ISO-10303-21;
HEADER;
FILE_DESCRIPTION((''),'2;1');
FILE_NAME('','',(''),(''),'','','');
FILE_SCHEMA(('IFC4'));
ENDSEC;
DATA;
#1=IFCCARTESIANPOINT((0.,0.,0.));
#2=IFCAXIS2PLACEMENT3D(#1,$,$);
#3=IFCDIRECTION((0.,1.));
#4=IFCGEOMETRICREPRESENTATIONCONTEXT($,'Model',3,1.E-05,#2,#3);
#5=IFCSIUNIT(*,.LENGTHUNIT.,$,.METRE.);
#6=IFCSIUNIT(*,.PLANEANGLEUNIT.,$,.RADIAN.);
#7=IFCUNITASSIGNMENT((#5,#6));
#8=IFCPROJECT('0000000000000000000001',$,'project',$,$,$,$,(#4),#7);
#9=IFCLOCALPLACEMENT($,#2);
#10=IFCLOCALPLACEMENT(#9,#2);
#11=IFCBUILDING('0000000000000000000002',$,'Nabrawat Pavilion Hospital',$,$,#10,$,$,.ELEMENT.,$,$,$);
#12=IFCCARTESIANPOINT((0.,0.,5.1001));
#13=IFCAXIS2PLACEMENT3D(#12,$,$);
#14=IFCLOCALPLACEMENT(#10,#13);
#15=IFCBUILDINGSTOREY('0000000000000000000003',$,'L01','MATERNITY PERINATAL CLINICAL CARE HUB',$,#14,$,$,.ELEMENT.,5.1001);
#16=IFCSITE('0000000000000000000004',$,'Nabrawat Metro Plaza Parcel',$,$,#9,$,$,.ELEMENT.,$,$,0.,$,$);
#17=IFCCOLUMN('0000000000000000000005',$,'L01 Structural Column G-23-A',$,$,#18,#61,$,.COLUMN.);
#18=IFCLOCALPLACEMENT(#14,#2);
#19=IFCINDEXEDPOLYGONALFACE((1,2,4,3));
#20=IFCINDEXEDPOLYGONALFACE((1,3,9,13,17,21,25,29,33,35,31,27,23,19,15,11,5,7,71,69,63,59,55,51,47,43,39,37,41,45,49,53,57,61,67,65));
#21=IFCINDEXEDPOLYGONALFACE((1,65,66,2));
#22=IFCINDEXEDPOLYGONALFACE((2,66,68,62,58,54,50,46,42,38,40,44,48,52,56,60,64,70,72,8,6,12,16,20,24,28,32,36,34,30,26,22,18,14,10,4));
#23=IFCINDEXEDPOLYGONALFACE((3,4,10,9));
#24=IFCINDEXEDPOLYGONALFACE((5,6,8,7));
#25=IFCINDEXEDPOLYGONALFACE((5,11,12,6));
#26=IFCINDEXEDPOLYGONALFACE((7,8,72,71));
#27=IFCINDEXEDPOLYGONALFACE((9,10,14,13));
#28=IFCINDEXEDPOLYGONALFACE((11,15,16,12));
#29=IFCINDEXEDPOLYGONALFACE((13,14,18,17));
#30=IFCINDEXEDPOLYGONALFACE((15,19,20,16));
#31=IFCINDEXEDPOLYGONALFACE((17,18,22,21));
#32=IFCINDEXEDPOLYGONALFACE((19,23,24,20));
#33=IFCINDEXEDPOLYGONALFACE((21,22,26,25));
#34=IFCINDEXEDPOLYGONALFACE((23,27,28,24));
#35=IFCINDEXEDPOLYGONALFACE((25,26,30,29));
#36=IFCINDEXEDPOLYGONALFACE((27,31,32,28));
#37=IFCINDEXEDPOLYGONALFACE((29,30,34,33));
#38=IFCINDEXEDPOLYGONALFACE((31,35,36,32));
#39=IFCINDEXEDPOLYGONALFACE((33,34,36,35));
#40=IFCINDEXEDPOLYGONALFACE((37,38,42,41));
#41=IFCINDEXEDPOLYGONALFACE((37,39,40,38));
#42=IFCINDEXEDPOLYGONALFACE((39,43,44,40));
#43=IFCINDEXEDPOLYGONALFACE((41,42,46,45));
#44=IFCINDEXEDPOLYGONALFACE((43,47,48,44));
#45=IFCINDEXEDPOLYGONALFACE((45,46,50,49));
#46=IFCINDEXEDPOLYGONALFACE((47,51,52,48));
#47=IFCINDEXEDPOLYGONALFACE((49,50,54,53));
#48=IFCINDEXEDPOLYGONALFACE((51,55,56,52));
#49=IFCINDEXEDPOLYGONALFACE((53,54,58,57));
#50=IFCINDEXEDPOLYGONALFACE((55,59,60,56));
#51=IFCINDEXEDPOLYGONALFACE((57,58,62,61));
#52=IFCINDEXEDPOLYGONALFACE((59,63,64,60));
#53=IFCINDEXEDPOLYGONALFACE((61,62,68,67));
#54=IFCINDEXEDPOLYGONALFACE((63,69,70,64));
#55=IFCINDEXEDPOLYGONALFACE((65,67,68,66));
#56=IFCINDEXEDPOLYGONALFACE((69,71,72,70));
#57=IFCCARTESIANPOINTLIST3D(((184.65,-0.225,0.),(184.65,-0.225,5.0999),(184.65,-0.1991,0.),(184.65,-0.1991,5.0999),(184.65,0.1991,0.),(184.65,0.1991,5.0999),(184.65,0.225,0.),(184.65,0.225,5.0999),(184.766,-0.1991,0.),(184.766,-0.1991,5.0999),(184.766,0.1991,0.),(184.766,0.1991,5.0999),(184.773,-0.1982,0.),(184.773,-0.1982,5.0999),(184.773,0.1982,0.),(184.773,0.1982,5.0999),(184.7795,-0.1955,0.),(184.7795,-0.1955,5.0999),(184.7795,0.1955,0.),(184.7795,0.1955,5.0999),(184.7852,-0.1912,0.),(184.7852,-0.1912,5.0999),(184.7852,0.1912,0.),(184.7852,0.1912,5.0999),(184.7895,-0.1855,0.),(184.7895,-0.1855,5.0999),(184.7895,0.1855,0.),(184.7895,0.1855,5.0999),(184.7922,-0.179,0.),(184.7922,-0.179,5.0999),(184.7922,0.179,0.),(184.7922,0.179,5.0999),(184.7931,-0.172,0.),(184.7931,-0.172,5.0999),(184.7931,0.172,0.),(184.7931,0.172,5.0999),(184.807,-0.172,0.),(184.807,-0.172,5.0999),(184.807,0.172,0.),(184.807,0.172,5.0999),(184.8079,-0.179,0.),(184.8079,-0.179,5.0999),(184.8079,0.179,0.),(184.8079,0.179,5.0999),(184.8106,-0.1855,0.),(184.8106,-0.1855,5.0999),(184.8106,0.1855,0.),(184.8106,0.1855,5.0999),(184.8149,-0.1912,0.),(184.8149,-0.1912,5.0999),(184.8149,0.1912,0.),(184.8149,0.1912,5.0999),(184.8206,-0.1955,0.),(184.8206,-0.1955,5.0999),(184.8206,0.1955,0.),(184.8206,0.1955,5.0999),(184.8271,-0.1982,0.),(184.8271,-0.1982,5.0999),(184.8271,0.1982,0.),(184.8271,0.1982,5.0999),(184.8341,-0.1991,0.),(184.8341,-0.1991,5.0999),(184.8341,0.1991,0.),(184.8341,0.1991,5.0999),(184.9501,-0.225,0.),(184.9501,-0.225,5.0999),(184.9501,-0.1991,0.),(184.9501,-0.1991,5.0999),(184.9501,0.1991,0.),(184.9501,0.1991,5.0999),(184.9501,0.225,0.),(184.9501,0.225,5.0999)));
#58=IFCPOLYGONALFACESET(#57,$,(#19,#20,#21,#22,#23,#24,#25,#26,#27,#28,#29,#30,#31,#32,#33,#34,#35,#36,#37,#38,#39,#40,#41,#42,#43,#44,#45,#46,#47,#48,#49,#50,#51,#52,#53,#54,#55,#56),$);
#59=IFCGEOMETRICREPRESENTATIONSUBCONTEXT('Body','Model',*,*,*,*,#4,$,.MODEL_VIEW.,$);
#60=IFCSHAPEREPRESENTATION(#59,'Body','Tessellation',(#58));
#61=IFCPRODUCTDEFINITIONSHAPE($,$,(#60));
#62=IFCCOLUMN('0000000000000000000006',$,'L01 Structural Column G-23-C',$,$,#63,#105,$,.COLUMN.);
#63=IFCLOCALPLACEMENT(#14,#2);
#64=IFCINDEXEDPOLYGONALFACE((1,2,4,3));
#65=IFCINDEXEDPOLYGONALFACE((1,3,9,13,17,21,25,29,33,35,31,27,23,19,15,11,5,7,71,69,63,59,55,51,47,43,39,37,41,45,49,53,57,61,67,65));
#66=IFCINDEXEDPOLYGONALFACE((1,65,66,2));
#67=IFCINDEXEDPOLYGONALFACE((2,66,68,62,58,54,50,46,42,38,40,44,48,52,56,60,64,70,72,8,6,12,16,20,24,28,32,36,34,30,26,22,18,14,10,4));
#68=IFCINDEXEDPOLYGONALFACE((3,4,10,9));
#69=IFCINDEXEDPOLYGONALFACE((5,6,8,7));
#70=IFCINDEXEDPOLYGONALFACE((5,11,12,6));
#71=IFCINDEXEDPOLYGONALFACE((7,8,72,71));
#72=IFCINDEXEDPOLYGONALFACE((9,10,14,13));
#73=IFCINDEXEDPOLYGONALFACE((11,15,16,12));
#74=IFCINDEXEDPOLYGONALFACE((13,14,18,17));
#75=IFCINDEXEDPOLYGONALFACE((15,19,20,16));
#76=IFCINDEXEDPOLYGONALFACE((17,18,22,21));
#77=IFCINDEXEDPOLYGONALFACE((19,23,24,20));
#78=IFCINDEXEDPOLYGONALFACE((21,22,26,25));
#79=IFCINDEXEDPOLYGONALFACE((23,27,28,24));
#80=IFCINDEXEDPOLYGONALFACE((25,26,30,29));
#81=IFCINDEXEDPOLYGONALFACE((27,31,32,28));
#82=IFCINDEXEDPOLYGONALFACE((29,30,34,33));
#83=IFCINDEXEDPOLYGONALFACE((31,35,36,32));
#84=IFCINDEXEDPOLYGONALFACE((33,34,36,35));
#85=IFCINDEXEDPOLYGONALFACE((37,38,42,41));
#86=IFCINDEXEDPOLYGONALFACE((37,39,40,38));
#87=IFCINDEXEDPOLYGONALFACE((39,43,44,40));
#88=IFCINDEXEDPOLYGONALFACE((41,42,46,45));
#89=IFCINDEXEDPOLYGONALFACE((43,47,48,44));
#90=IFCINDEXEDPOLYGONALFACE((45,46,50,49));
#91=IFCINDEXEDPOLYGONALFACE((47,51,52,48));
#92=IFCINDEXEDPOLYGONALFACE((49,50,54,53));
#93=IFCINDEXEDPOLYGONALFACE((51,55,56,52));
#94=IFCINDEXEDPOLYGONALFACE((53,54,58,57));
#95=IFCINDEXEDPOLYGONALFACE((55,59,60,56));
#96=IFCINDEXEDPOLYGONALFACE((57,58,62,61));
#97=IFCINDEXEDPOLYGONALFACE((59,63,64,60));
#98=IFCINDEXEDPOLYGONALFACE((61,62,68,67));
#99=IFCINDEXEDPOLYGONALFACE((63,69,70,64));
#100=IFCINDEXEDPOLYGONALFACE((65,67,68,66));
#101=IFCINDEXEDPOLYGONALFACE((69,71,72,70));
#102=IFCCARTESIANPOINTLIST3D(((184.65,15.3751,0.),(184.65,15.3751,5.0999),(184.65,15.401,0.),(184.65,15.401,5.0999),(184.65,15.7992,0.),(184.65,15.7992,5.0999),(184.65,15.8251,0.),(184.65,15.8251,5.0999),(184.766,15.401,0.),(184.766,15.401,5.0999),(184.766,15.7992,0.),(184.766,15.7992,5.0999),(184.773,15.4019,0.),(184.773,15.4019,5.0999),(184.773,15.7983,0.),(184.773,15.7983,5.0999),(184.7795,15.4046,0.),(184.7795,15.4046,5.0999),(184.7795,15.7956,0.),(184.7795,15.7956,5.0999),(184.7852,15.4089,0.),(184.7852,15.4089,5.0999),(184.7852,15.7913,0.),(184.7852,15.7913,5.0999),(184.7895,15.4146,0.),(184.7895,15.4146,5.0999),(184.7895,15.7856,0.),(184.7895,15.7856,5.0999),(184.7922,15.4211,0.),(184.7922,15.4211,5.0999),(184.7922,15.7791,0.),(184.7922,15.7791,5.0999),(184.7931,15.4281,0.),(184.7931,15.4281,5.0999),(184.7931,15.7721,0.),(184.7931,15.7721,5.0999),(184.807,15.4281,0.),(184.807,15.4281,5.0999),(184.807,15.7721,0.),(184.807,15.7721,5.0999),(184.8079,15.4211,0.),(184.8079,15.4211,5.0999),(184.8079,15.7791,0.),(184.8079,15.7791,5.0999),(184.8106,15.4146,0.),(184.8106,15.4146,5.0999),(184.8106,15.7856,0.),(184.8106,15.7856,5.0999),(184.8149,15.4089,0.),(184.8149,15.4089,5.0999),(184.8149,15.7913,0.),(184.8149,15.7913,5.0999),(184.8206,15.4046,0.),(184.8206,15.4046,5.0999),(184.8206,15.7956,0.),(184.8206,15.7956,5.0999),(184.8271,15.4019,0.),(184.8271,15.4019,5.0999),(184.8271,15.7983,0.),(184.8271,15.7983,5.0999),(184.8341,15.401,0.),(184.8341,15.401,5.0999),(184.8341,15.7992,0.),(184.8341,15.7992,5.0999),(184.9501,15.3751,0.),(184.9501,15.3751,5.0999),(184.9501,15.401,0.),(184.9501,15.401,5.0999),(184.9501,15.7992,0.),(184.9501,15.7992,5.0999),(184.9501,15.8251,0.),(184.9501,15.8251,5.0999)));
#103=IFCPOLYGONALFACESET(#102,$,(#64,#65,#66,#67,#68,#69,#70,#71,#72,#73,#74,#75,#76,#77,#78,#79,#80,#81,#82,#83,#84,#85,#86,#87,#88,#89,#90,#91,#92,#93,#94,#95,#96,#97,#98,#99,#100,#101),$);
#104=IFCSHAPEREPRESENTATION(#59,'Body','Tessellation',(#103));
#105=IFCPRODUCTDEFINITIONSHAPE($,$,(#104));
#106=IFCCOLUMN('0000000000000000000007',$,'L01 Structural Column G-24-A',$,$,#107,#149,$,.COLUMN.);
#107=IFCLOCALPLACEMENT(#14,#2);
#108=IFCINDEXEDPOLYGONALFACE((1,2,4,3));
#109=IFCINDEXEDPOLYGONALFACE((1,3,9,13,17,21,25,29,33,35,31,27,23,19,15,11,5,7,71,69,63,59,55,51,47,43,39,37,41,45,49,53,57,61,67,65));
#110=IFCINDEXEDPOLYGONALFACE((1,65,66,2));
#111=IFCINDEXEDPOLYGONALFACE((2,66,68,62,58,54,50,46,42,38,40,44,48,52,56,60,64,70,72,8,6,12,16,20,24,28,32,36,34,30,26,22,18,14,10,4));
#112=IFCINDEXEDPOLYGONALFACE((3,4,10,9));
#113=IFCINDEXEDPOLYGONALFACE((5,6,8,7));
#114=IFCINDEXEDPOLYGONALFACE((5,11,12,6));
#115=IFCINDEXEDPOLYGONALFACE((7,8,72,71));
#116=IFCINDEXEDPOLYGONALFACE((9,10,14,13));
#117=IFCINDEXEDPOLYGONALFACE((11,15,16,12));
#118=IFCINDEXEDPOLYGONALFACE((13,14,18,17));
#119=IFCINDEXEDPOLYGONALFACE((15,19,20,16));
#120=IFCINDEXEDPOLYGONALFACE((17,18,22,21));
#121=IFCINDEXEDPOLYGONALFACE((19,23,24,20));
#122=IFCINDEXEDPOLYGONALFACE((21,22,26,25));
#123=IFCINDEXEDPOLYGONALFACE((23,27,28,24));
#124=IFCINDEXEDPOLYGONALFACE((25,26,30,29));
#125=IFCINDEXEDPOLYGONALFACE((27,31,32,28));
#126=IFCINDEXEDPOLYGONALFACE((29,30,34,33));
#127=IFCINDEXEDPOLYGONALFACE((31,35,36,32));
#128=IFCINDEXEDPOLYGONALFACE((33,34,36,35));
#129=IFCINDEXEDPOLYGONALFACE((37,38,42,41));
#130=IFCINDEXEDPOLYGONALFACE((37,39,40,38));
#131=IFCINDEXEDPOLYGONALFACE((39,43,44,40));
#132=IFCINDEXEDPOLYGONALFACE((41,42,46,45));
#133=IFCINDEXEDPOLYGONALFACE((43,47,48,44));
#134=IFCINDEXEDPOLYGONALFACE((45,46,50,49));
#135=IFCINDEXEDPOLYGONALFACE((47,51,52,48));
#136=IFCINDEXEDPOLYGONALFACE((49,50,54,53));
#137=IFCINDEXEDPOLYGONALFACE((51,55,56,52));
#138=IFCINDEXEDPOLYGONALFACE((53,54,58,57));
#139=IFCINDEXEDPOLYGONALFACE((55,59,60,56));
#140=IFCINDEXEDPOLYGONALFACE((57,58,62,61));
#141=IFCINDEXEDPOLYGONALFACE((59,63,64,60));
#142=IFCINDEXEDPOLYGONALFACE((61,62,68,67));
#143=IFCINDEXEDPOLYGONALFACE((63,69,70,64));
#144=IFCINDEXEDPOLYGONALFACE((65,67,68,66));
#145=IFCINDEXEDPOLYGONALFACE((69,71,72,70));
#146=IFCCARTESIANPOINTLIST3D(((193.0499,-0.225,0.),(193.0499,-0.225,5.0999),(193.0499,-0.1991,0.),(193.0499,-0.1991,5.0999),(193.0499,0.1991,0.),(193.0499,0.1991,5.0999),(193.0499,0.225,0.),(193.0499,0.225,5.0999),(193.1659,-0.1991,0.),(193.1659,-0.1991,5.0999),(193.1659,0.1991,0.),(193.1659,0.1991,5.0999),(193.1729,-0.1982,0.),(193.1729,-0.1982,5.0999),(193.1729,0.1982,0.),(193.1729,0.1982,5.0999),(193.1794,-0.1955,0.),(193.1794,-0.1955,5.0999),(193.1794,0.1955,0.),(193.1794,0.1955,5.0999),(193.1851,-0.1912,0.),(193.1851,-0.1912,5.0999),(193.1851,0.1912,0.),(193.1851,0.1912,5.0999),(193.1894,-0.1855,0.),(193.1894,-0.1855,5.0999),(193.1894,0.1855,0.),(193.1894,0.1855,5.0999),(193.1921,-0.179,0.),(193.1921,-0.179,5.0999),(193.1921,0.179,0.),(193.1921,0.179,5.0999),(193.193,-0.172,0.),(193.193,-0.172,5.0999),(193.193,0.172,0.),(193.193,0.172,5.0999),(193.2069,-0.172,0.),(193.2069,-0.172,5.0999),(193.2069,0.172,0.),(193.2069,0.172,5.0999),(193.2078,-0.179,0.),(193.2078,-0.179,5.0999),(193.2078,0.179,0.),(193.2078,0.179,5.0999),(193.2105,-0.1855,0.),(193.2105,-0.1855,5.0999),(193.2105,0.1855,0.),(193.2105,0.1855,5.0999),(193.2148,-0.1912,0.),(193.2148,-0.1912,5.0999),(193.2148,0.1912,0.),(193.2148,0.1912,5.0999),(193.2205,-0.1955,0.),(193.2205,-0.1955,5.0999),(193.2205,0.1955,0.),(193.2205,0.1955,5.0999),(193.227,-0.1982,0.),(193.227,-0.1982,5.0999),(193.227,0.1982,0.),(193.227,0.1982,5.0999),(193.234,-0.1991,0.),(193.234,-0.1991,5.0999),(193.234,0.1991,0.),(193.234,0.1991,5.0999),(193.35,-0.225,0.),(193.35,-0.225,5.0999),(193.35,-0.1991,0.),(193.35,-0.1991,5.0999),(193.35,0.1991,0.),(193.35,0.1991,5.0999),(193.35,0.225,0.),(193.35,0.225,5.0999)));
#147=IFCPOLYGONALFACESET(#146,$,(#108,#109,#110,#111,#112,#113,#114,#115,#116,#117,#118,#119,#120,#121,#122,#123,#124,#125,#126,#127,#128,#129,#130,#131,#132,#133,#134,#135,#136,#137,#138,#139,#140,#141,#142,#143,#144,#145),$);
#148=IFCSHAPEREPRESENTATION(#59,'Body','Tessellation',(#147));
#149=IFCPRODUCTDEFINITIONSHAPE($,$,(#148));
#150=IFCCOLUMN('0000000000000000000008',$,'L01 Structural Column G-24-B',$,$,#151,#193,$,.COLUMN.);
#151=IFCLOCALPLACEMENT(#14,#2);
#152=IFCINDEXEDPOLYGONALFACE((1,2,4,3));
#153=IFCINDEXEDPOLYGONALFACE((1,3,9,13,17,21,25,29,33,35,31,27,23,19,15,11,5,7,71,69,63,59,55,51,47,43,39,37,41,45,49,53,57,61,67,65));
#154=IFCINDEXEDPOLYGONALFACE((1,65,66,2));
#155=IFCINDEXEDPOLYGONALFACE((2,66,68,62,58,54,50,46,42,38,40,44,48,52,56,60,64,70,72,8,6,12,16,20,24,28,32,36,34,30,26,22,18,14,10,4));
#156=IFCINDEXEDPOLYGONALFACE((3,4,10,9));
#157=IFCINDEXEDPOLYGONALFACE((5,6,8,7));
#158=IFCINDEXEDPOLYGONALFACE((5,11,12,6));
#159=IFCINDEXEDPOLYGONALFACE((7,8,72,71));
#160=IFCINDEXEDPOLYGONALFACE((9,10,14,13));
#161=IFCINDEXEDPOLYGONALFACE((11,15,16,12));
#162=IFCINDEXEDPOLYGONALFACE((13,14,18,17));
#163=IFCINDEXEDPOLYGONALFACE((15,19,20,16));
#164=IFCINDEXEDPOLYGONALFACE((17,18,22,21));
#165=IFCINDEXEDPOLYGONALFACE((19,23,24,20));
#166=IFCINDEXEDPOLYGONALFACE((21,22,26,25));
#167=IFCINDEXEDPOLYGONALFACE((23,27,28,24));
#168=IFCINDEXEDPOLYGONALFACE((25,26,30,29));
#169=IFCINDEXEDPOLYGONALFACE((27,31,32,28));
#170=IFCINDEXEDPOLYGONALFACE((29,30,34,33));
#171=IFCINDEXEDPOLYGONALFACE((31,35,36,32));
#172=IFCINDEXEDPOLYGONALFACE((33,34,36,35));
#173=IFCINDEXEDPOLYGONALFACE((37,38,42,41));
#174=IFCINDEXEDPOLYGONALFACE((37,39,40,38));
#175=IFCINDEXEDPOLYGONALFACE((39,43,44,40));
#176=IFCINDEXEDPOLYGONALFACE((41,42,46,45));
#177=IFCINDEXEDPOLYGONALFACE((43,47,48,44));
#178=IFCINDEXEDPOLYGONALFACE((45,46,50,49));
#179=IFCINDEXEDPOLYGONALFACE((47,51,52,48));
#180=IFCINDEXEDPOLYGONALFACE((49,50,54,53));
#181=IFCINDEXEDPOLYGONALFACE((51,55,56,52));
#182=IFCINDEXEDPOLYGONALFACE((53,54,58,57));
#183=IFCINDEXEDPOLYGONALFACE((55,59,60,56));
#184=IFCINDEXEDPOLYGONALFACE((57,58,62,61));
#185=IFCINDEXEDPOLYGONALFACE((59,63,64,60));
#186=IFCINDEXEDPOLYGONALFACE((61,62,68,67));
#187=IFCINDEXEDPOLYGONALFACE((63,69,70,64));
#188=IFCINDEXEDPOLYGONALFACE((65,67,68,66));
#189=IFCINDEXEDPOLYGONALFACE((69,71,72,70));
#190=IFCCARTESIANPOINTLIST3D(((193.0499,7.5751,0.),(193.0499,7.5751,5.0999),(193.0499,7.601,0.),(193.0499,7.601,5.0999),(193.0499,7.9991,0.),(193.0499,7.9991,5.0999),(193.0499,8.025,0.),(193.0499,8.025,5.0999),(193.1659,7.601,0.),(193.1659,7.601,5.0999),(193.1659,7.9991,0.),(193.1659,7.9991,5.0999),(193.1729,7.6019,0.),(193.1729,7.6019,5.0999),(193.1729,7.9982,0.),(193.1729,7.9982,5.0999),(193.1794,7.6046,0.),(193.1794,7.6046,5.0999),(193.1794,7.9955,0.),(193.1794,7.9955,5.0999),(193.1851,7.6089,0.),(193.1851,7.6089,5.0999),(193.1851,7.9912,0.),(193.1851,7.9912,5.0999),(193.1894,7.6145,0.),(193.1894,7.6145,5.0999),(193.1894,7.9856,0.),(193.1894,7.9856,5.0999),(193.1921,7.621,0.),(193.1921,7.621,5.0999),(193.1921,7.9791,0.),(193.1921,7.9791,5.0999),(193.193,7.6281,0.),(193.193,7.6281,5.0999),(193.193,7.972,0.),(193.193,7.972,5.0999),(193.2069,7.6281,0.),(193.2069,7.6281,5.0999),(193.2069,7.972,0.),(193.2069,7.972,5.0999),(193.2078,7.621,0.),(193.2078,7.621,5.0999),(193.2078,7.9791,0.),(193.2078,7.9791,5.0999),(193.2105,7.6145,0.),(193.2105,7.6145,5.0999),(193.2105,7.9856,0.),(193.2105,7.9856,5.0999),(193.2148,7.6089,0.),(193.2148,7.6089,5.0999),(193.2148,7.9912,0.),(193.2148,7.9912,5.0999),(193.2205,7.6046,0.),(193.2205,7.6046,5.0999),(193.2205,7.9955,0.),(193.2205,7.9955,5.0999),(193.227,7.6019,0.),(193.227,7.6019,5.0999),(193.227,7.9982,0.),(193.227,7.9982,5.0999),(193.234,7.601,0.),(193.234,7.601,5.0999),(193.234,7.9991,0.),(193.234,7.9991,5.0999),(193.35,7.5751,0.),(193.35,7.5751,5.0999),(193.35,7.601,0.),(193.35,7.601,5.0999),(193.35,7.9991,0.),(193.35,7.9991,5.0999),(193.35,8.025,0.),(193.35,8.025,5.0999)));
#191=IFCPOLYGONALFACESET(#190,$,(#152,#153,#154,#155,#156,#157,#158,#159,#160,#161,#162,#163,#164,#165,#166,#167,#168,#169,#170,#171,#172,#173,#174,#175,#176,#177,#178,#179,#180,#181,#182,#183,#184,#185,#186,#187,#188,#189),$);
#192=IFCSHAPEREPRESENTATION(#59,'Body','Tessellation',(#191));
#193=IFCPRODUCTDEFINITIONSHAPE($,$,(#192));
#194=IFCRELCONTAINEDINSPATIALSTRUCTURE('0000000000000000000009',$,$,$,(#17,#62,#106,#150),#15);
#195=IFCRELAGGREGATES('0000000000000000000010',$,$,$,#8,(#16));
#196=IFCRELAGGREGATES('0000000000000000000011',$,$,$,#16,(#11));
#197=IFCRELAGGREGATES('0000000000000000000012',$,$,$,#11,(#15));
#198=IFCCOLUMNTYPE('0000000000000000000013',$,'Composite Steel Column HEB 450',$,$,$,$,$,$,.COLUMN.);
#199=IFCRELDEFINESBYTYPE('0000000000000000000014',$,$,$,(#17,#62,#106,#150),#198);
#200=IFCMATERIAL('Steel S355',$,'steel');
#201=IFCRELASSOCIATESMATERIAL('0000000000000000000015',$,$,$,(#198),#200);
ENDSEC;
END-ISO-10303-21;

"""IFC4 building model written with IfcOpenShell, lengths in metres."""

from ifc_helpers import new_model, si_unit, direction, frame, origin, origin_2d, place, context, subcontext, project, spatial, i_section, extrude, material, material_profile, profile_set, type_object, element, save


model = new_model("IFC4")

# Units and contexts
model_context = context("Model", 3, precision=1e-05, world=origin(), true_north=direction((0.0, 1.0)))
body_context = subcontext(model_context, "Body", "Model", "MODEL_VIEW")
ifc_project = project(units=[si_unit("LENGTHUNIT", "METRE"), si_unit("PLANEANGLEUNIT", "RADIAN")], contexts=[model_context])

# Site, building, storey
site_placement = place(None, origin())
site = spatial("IfcSite", under=ifc_project, at=site_placement, Name="Nabrawat Metro Plaza Parcel", CompositionType="ELEMENT", RefElevation=0.0)
building_placement = place(site_placement, origin())
building = spatial("IfcBuilding", under=site, at=building_placement, Name="Nabrawat Pavilion Hospital", CompositionType="ELEMENT")
storey_placement = place(building_placement, frame((0.0, 0.0, 5.1001)))
storey = spatial("IfcBuildingStorey", under=building, at=storey_placement, Name="L01", Description="MATERNITY PERINATAL CLINICAL CARE HUB", CompositionType="ELEMENT", Elevation=5.1001)

# Columns
ifc_material_1 = material(Name="Steel S355", Category="steel")
ifc_material_profile_1 = material_profile(ifc_material_1, i_section(OverallWidth=0.3, OverallDepth=0.45, WebThickness=0.0139, FlangeThickness=0.0259, FilletRadius=0.0271, at=origin_2d()), Name="HEB 450")
ifc_profile_set_1 = profile_set([ifc_material_profile_1], Name="Steel S355")
column_type = type_object("IfcColumnType", Name="Composite Steel Column HEB 450", PredefinedType="COLUMN", material=ifc_profile_set_1)
for number, where, z_axis, x_axis, name in (
    (1, (184.8, 0.0, 0.0), (0.0, 0.0, 1.0), (1.0, 0.0, 0.0), "L01 Structural Column G-23-A"),
    (2, (184.8, 15.6001, 0.0), (0.0, 0.0, 1.0), (1.0, 0.0, 0.0), "L01 Structural Column G-23-C"),
    (3, (193.2, 0.0, 0.0), (0.0, 0.0, 1.0), (1.0, 0.0, 0.0), "L01 Structural Column G-24-A"),
    (4, (193.2, 7.8, 0.0), (0.0, 0.0, 1.0), (1.0, 0.0, 0.0), "L01 Structural Column G-24-B"),
):
    element("IfcColumn", number, at=place(storey_placement, frame(where, z_axis=z_axis, x_axis=x_axis)), inside=storey, type_object=column_type, Name=name, PredefinedType="COLUMN", context=body_context, shape_type="SweptSolid", body=[
        extrude(i_section(OverallWidth=0.3, OverallDepth=0.45, WebThickness=0.0139, FlangeThickness=0.0259, FilletRadius=0.0271, at=origin_2d()), origin(), (0.0, 0.0, 1.0), 5.0999),
    ])

save(model, "model.ifc")
